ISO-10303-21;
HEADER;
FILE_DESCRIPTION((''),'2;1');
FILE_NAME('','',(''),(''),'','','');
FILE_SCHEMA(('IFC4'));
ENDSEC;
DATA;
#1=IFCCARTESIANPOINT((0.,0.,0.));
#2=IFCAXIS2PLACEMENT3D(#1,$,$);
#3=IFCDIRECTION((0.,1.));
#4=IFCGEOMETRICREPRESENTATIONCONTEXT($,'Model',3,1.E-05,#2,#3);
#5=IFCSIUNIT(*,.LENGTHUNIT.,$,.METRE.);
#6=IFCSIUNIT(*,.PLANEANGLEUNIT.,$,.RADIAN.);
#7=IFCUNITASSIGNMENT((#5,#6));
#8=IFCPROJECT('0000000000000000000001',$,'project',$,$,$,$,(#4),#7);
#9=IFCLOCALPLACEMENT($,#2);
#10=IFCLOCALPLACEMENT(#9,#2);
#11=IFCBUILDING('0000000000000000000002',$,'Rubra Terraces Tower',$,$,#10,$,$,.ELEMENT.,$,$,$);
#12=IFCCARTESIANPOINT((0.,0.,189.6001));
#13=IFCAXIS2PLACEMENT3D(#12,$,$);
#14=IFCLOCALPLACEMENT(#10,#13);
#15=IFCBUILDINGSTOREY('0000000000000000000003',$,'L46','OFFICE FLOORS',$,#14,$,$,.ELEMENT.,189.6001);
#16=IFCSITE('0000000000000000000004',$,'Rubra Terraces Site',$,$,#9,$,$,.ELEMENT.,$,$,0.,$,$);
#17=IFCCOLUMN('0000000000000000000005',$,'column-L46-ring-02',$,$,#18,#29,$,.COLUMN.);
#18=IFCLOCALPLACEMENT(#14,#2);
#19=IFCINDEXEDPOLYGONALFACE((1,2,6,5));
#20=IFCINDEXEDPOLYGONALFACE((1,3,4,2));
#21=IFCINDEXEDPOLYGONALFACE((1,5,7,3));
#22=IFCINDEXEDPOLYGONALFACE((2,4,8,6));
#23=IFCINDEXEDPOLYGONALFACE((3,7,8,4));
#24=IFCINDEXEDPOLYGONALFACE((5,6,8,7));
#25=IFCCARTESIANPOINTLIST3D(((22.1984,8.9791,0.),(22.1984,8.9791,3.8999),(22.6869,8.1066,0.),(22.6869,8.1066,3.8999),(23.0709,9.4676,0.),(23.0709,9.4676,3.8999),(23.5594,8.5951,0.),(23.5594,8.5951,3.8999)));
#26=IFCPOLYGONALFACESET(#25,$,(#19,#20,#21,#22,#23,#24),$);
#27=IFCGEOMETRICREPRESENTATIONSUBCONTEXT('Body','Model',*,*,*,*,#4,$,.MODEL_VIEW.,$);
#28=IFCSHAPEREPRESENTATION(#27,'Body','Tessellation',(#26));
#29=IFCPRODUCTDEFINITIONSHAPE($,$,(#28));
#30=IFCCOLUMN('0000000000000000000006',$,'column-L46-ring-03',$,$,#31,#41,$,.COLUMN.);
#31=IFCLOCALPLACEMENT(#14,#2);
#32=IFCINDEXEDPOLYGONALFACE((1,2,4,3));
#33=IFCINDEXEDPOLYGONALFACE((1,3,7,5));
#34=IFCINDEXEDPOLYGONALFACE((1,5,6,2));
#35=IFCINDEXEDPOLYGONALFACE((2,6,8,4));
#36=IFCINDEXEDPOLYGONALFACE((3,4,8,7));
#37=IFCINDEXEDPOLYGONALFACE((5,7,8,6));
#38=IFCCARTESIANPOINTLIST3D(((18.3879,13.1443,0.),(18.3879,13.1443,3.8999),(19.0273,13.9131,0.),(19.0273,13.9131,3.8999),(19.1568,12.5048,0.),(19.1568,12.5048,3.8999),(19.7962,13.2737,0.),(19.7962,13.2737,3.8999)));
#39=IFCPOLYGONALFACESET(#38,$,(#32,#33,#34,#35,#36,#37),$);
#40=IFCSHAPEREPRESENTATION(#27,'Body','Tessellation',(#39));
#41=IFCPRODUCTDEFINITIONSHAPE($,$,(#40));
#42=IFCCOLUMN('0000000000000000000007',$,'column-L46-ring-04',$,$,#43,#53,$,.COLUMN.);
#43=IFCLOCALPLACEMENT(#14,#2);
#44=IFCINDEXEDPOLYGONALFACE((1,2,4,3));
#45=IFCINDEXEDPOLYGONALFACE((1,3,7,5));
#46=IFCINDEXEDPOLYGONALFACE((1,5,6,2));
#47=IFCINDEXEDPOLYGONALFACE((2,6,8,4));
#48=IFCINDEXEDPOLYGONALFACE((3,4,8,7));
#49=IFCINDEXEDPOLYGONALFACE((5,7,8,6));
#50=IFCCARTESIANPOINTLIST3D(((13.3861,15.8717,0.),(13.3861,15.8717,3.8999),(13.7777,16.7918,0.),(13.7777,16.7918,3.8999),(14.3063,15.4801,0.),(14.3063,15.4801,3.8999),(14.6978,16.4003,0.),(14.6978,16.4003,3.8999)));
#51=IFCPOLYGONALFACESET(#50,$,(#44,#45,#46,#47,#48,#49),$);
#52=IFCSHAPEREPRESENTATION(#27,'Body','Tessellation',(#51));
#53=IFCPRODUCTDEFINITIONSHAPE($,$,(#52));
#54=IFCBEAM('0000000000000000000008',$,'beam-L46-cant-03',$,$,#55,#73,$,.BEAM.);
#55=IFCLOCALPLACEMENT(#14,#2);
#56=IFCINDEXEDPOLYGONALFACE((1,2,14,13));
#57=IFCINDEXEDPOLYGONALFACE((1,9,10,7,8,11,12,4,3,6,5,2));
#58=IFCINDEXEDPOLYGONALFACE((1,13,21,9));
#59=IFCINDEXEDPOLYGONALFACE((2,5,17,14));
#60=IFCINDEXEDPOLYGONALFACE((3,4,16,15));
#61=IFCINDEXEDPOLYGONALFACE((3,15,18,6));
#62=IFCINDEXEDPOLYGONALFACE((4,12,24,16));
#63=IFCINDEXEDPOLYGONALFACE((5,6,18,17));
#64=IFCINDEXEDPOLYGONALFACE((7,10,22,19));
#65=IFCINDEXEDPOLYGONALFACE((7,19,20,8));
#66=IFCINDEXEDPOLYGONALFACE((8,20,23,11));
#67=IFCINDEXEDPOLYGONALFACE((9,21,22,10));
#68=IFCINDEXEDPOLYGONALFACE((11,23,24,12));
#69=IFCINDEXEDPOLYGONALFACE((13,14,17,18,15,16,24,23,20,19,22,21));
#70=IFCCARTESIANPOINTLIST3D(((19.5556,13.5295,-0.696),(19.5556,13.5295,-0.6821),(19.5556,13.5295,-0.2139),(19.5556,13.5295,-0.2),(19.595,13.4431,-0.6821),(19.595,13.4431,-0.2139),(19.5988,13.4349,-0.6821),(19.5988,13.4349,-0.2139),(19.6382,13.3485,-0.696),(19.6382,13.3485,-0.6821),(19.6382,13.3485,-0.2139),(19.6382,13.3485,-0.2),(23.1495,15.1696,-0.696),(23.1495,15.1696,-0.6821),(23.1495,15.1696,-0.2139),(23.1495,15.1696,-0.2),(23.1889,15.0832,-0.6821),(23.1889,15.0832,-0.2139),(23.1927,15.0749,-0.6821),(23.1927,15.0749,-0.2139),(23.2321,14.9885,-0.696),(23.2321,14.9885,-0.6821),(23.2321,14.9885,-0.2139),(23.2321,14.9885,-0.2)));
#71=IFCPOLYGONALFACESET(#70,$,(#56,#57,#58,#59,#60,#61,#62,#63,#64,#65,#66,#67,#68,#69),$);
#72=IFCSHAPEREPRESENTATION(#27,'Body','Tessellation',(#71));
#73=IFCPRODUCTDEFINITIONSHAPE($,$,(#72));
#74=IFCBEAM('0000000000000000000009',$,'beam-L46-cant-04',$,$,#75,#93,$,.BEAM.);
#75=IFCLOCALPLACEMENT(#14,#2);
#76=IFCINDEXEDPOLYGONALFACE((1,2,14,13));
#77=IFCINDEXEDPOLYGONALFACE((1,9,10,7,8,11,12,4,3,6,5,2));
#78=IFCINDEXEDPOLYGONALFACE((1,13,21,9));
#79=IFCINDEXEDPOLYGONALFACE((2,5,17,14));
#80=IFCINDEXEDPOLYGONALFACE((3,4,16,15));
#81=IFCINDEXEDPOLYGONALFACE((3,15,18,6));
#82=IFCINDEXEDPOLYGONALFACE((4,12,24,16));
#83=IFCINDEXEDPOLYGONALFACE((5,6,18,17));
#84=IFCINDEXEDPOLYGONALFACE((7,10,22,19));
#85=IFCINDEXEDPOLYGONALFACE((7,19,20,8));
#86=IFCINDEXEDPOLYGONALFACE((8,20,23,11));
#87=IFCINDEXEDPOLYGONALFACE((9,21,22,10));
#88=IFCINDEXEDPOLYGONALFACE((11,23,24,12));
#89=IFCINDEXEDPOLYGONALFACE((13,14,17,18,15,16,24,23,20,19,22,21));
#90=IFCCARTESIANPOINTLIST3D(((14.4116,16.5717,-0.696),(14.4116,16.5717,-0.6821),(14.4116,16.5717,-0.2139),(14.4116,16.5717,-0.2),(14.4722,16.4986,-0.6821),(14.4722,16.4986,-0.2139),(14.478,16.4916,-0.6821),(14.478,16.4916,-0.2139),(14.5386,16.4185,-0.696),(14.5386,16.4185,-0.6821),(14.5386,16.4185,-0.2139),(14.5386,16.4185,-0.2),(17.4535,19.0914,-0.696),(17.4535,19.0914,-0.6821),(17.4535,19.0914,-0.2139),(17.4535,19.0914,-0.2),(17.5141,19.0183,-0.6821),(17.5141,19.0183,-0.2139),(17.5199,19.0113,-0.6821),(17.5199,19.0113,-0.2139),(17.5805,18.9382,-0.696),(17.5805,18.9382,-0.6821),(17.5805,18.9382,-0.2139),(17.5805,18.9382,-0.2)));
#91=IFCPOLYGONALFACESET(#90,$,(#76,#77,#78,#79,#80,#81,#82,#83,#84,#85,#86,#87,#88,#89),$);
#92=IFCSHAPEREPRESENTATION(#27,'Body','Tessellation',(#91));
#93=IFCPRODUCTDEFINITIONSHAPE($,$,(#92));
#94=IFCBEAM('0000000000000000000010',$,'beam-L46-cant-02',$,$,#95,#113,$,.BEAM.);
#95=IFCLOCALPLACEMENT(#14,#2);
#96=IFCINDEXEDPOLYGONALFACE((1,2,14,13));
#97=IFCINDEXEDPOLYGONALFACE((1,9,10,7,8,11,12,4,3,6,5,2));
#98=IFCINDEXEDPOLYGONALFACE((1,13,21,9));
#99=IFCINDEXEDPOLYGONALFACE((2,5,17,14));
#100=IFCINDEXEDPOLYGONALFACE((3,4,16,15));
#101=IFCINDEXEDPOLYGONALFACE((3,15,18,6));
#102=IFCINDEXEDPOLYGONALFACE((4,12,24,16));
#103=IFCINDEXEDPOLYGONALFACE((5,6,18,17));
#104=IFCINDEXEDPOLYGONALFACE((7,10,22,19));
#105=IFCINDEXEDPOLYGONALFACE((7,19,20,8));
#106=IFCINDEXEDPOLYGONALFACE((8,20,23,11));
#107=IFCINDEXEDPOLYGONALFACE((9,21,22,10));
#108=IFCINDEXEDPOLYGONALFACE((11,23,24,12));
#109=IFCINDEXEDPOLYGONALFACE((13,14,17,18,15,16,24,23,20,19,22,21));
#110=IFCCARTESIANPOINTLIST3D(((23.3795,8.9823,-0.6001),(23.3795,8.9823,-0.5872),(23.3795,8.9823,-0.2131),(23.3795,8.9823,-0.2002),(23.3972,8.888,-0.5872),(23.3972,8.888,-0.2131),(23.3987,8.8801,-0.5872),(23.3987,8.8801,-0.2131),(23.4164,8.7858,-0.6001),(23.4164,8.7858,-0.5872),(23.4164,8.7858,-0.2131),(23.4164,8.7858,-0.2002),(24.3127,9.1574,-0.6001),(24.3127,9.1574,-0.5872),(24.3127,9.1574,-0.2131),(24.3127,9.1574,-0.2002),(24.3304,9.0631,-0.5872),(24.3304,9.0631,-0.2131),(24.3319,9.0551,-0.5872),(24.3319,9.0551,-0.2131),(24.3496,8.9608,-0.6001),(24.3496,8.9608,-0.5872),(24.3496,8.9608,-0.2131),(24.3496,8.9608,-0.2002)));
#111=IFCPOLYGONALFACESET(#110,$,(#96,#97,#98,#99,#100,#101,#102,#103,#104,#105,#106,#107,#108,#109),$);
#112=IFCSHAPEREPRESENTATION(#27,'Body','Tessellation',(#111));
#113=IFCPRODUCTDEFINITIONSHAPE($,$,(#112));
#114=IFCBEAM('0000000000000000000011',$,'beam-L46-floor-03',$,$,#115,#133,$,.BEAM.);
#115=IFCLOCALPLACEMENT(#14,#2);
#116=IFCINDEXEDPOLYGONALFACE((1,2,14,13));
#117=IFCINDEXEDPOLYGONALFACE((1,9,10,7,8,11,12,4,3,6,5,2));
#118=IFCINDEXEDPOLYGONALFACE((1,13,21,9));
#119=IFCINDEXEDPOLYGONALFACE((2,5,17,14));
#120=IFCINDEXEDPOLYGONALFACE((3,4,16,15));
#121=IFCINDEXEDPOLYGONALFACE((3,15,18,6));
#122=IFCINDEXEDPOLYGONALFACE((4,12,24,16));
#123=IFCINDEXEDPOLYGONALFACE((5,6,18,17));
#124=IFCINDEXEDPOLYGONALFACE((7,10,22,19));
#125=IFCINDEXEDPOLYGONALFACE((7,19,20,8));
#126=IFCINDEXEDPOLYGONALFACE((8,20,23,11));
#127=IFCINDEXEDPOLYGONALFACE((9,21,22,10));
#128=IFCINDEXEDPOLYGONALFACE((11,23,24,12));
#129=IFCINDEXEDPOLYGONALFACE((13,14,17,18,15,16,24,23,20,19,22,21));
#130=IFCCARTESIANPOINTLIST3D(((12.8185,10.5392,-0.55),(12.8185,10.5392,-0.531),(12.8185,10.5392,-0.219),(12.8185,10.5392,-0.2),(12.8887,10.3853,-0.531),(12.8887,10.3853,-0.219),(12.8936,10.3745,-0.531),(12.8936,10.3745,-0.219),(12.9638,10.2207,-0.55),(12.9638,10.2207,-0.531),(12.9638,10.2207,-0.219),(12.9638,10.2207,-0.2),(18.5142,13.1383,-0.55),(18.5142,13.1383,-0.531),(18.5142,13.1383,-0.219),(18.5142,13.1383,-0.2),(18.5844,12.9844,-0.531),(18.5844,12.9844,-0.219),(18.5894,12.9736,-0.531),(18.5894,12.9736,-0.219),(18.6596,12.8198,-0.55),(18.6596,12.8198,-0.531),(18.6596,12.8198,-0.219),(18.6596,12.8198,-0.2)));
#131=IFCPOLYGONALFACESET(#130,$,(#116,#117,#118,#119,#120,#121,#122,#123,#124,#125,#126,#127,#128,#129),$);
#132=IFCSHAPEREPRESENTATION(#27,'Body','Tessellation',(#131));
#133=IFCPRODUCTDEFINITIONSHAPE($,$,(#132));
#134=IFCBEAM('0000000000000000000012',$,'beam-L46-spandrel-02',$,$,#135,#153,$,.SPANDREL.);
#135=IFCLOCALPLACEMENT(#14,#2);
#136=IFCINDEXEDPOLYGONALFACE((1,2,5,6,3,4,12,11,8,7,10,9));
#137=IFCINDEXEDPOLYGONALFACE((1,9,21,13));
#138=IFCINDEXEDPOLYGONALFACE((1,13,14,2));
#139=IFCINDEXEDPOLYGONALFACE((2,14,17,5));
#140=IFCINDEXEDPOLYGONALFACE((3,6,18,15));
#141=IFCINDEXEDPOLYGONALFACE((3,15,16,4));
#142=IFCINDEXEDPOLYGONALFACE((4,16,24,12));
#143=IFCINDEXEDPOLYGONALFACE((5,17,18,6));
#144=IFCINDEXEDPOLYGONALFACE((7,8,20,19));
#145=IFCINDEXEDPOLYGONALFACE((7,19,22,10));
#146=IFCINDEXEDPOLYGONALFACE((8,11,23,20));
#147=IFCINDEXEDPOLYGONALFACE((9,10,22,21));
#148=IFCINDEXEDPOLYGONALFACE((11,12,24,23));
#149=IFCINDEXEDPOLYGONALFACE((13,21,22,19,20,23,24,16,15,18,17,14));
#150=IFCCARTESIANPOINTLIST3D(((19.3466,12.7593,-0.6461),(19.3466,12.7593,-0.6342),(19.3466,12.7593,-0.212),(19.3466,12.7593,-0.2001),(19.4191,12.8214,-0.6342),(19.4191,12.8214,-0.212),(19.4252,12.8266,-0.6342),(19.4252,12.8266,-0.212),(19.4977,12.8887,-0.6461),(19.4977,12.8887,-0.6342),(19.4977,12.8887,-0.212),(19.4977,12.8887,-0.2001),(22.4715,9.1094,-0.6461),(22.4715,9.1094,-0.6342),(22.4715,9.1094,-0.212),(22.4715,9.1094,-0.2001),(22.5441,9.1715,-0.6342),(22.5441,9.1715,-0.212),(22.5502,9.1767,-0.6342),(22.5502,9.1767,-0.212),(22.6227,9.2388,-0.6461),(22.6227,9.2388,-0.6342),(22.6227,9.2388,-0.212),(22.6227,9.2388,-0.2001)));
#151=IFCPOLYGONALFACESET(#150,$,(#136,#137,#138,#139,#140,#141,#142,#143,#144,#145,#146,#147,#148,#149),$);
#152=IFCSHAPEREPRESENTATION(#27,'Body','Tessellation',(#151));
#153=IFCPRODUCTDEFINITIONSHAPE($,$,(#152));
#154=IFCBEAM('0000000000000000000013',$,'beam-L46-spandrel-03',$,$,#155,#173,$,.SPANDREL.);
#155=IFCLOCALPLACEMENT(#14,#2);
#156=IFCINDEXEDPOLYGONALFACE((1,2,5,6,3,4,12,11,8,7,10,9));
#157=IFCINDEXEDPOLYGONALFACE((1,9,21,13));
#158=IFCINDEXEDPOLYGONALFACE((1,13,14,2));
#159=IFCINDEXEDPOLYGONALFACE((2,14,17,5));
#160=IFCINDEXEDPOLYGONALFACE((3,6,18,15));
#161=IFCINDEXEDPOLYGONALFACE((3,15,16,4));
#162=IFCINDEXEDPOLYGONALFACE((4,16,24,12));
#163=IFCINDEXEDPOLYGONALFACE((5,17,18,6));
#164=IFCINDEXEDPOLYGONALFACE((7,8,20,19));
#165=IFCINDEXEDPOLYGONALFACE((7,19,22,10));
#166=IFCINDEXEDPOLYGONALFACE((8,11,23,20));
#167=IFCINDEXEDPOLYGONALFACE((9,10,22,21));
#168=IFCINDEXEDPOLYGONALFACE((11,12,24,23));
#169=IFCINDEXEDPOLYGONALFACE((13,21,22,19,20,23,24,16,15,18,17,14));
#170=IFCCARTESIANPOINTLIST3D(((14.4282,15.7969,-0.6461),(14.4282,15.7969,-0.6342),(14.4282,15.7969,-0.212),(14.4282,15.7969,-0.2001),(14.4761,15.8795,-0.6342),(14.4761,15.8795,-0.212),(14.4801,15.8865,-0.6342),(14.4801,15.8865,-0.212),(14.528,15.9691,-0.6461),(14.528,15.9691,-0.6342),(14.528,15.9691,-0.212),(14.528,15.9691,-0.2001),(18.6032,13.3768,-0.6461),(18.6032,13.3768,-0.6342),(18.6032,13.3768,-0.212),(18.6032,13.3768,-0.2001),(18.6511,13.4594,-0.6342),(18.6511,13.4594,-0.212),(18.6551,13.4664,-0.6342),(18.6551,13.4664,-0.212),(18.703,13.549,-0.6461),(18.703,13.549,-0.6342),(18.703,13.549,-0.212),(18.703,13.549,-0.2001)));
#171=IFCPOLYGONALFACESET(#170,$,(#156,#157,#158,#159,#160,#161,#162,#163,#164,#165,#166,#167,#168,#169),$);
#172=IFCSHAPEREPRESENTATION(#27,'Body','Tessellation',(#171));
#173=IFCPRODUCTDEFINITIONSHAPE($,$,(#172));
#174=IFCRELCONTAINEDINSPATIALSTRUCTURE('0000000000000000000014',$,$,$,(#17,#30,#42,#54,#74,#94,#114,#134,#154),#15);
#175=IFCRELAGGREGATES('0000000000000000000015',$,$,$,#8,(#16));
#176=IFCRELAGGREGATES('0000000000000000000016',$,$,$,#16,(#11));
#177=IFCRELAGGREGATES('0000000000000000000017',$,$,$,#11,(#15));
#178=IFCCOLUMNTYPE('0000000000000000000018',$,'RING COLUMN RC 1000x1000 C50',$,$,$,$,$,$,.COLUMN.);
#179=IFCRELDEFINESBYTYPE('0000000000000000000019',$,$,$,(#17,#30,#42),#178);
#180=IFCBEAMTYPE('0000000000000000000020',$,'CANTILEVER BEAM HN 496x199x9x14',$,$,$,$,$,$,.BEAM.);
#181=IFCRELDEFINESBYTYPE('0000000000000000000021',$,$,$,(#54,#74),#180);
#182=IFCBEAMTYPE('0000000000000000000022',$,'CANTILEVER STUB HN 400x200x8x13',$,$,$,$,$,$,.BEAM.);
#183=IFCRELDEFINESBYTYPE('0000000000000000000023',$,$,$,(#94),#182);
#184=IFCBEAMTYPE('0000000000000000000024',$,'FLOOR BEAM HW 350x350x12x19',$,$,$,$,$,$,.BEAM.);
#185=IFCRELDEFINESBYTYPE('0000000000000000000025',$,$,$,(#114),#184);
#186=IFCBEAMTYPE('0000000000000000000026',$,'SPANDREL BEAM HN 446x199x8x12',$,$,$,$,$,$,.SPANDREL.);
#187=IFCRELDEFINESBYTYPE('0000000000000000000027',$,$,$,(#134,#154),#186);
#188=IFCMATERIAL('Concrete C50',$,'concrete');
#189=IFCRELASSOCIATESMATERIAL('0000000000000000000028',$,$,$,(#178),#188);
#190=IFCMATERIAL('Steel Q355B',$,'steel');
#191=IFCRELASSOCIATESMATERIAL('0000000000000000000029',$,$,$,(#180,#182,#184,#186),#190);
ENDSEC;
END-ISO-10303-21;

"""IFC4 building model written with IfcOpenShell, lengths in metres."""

from ifc_helpers import new_model, si_unit, direction, frame, origin, origin_2d, place, context, subcontext, project, spatial, rectangle, i_section, extrude, material, material_profile, profile_set, type_object, element, save


model = new_model("IFC4")

# Units and contexts
model_context = context("Model", 3, precision=1e-05, world=origin(), true_north=direction((0.0, 1.0)))
body_context = subcontext(model_context, "Body", "Model", "MODEL_VIEW")
ifc_project = project(units=[si_unit("LENGTHUNIT", "METRE"), si_unit("PLANEANGLEUNIT", "RADIAN")], contexts=[model_context])

# Site, building, storey
site_placement = place(None, origin())
site = spatial("IfcSite", under=ifc_project, at=site_placement, Name="Rubra Terraces Site", CompositionType="ELEMENT", RefElevation=0.0)
building_placement = place(site_placement, origin())
building = spatial("IfcBuilding", under=site, at=building_placement, Name="Rubra Terraces Tower", CompositionType="ELEMENT")
storey_placement = place(building_placement, frame((0.0, 0.0, 189.6001)))
storey = spatial("IfcBuildingStorey", under=building, at=storey_placement, Name="L46", Description="OFFICE FLOORS", CompositionType="ELEMENT", Elevation=189.6001)

# Columns
ifc_material_1 = material(Name="Concrete C50", Category="concrete")
ifc_material_profile_1 = material_profile(ifc_material_1, rectangle(XDim=1.0, YDim=1.0, at=origin_2d()), Name="RC 1000x1000")
ifc_profile_set_1 = profile_set([ifc_material_profile_1], Name="Concrete C50")
column_type = type_object("IfcColumnType", Name="RING COLUMN RC 1000x1000 C50", PredefinedType="COLUMN", material=ifc_profile_set_1)
for number, where, z_axis, x_axis, name in (
    (1, (22.8789, 8.7871, 0.0), (0.0, 0.0, 1.0), (-0.488526, 0.872549, 0.0), "column-L46-ring-02"),
    (2, (19.092, 13.209, 0.0), (0.0, 0.0, 1.0), (-0.76887, 0.639405, 0.0), "column-L46-ring-03"),
    (3, (14.042, 16.136, 0.0), (0.0, 0.0, 1.0), (-0.920168, 0.391524, 0.0), "column-L46-ring-04"),
):
    element("IfcColumn", number, at=place(storey_placement, frame(where, z_axis=z_axis, x_axis=x_axis)), inside=storey, type_object=column_type, Name=name, PredefinedType="COLUMN", context=body_context, shape_type="SweptSolid", body=[
        extrude(rectangle(XDim=1.0, YDim=1.0, at=origin_2d()), origin(), (0.0, 0.0, 1.0), 3.8999),
    ])

# Beams
ifc_material_2 = material(Name="Steel Q355B", Category="steel")
ifc_material_profile_2 = material_profile(ifc_material_2, i_section(OverallWidth=0.199, OverallDepth=0.4961, WebThickness=0.009, FlangeThickness=0.0139, at=origin_2d()), Name="HN 496x199x9x14")
ifc_profile_set_2 = profile_set([ifc_material_profile_2], Name="Steel Q355B")
beam_type_1 = type_object("IfcBeamType", Name="CANTILEVER BEAM HN 496x199x9x14", PredefinedType="BEAM", material=ifc_profile_set_2)
beam_1_placement = place(storey_placement, frame((19.5969, 13.439, -0.448), z_axis=(0.909745, 0.415167, 0.0), x_axis=(-0.415167, 0.909745, 0.0)))
element("IfcBeam", 4, at=beam_1_placement, inside=storey, type_object=beam_type_1, Name="beam-L46-cant-03", PredefinedType="BEAM", context=body_context, shape_type="SweptSolid", body=[
    extrude(i_section(OverallWidth=0.199, OverallDepth=0.4961, WebThickness=0.009, FlangeThickness=0.0139, at=origin_2d()), origin(), (0.0, 0.0, 1.0), 3.9504),
])
beam_2_placement = place(storey_placement, frame((14.4751, 16.4951, -0.448), z_axis=(0.770113, 0.637908, 0.0), x_axis=(-0.637908, 0.770113, 0.0)))
element("IfcBeam", 5, at=beam_2_placement, inside=storey, type_object=beam_type_1, Name="beam-L46-cant-04", PredefinedType="BEAM", context=body_context, shape_type="SweptSolid", body=[
    extrude(i_section(OverallWidth=0.199, OverallDepth=0.4961, WebThickness=0.009, FlangeThickness=0.0139, at=origin_2d()), origin(), (0.0, 0.0, 1.0), 3.95),
])
ifc_material_profile_3 = material_profile(ifc_material_2, i_section(OverallWidth=0.2, OverallDepth=0.3999, WebThickness=0.0081, FlangeThickness=0.0129, at=origin_2d()), Name="HN 400x200x8x13")
ifc_profile_set_3 = profile_set([ifc_material_profile_3], Name="Steel Q355B")
beam_type_2 = type_object("IfcBeamType", Name="CANTILEVER STUB HN 400x200x8x13", PredefinedType="BEAM", material=ifc_profile_set_3)
beam_3_placement = place(storey_placement, frame((23.3979, 8.884, -0.4001), z_axis=(0.982855, 0.184382, 0.0), x_axis=(-0.184382, 0.982855, 0.0)))
element("IfcBeam", 6, at=beam_3_placement, inside=storey, type_object=beam_type_2, Name="beam-L46-cant-02", PredefinedType="BEAM", context=body_context, shape_type="SweptSolid", body=[
    extrude(i_section(OverallWidth=0.2, OverallDepth=0.3999, WebThickness=0.0081, FlangeThickness=0.0129, at=origin_2d()), origin(), (0.0, 0.0, 1.0), 0.9495),
])
ifc_material_profile_4 = material_profile(ifc_material_2, i_section(OverallWidth=0.3501, OverallDepth=0.3501, WebThickness=0.012, FlangeThickness=0.019, at=origin_2d()), Name="HW 350x350x12x19")
ifc_profile_set_4 = profile_set([ifc_material_profile_4], Name="Steel Q355B")
beam_type_3 = type_object("IfcBeamType", Name="FLOOR BEAM HW 350x350x12x19", PredefinedType="BEAM", material=ifc_profile_set_4)
beam_4_placement = place(storey_placement, frame((18.5869, 12.979, -0.375), z_axis=(-0.909757, -0.415142, 0.0), x_axis=(0.415142, -0.909757, 0.0)))
element("IfcBeam", 7, at=beam_4_placement, inside=storey, type_object=beam_type_3, Name="beam-L46-floor-03", PredefinedType="BEAM", context=body_context, shape_type="SweptSolid", body=[
    extrude(i_section(OverallWidth=0.3501, OverallDepth=0.3501, WebThickness=0.012, FlangeThickness=0.019, at=origin_2d()), origin(), (0.0, 0.0, 1.0), 6.2607),
])
ifc_material_profile_5 = material_profile(ifc_material_2, i_section(OverallWidth=0.199, OverallDepth=0.446, WebThickness=0.0081, FlangeThickness=0.012, at=origin_2d()), Name="HN 446x199x8x12")
ifc_profile_set_5 = profile_set([ifc_material_profile_5], Name="Steel Q355B")
beam_type_4 = type_object("IfcBeamType", Name="SPANDREL BEAM HN 446x199x8x12", PredefinedType="SPANDREL", material=ifc_profile_set_5)
beam_5_placement = place(storey_placement, frame((22.5471, 9.1741, -0.4231), z_axis=(-0.650373, 0.759615, 0.0), x_axis=(-0.759615, -0.650373, 0.0)))
element("IfcBeam", 8, at=beam_5_placement, inside=storey, type_object=beam_type_4, Name="beam-L46-spandrel-02", PredefinedType="SPANDREL", context=body_context, shape_type="SweptSolid", body=[
    extrude(i_section(OverallWidth=0.199, OverallDepth=0.446, WebThickness=0.0081, FlangeThickness=0.012, at=origin_2d()), origin(), (0.0, 0.0, 1.0), 4.8049),
])
beam_6_placement = place(storey_placement, frame((18.6531, 13.4629, -0.4231), z_axis=(-0.865154, 0.501507, 0.0), x_axis=(-0.501507, -0.865154, 0.0)))
element("IfcBeam", 9, at=beam_6_placement, inside=storey, type_object=beam_type_4, Name="beam-L46-spandrel-03", PredefinedType="SPANDREL", context=body_context, shape_type="SweptSolid", body=[
    extrude(i_section(OverallWidth=0.199, OverallDepth=0.446, WebThickness=0.0081, FlangeThickness=0.012, at=origin_2d()), origin(), (0.0, 0.0, 1.0), 4.8257),
])

save(model, "model.ifc")
